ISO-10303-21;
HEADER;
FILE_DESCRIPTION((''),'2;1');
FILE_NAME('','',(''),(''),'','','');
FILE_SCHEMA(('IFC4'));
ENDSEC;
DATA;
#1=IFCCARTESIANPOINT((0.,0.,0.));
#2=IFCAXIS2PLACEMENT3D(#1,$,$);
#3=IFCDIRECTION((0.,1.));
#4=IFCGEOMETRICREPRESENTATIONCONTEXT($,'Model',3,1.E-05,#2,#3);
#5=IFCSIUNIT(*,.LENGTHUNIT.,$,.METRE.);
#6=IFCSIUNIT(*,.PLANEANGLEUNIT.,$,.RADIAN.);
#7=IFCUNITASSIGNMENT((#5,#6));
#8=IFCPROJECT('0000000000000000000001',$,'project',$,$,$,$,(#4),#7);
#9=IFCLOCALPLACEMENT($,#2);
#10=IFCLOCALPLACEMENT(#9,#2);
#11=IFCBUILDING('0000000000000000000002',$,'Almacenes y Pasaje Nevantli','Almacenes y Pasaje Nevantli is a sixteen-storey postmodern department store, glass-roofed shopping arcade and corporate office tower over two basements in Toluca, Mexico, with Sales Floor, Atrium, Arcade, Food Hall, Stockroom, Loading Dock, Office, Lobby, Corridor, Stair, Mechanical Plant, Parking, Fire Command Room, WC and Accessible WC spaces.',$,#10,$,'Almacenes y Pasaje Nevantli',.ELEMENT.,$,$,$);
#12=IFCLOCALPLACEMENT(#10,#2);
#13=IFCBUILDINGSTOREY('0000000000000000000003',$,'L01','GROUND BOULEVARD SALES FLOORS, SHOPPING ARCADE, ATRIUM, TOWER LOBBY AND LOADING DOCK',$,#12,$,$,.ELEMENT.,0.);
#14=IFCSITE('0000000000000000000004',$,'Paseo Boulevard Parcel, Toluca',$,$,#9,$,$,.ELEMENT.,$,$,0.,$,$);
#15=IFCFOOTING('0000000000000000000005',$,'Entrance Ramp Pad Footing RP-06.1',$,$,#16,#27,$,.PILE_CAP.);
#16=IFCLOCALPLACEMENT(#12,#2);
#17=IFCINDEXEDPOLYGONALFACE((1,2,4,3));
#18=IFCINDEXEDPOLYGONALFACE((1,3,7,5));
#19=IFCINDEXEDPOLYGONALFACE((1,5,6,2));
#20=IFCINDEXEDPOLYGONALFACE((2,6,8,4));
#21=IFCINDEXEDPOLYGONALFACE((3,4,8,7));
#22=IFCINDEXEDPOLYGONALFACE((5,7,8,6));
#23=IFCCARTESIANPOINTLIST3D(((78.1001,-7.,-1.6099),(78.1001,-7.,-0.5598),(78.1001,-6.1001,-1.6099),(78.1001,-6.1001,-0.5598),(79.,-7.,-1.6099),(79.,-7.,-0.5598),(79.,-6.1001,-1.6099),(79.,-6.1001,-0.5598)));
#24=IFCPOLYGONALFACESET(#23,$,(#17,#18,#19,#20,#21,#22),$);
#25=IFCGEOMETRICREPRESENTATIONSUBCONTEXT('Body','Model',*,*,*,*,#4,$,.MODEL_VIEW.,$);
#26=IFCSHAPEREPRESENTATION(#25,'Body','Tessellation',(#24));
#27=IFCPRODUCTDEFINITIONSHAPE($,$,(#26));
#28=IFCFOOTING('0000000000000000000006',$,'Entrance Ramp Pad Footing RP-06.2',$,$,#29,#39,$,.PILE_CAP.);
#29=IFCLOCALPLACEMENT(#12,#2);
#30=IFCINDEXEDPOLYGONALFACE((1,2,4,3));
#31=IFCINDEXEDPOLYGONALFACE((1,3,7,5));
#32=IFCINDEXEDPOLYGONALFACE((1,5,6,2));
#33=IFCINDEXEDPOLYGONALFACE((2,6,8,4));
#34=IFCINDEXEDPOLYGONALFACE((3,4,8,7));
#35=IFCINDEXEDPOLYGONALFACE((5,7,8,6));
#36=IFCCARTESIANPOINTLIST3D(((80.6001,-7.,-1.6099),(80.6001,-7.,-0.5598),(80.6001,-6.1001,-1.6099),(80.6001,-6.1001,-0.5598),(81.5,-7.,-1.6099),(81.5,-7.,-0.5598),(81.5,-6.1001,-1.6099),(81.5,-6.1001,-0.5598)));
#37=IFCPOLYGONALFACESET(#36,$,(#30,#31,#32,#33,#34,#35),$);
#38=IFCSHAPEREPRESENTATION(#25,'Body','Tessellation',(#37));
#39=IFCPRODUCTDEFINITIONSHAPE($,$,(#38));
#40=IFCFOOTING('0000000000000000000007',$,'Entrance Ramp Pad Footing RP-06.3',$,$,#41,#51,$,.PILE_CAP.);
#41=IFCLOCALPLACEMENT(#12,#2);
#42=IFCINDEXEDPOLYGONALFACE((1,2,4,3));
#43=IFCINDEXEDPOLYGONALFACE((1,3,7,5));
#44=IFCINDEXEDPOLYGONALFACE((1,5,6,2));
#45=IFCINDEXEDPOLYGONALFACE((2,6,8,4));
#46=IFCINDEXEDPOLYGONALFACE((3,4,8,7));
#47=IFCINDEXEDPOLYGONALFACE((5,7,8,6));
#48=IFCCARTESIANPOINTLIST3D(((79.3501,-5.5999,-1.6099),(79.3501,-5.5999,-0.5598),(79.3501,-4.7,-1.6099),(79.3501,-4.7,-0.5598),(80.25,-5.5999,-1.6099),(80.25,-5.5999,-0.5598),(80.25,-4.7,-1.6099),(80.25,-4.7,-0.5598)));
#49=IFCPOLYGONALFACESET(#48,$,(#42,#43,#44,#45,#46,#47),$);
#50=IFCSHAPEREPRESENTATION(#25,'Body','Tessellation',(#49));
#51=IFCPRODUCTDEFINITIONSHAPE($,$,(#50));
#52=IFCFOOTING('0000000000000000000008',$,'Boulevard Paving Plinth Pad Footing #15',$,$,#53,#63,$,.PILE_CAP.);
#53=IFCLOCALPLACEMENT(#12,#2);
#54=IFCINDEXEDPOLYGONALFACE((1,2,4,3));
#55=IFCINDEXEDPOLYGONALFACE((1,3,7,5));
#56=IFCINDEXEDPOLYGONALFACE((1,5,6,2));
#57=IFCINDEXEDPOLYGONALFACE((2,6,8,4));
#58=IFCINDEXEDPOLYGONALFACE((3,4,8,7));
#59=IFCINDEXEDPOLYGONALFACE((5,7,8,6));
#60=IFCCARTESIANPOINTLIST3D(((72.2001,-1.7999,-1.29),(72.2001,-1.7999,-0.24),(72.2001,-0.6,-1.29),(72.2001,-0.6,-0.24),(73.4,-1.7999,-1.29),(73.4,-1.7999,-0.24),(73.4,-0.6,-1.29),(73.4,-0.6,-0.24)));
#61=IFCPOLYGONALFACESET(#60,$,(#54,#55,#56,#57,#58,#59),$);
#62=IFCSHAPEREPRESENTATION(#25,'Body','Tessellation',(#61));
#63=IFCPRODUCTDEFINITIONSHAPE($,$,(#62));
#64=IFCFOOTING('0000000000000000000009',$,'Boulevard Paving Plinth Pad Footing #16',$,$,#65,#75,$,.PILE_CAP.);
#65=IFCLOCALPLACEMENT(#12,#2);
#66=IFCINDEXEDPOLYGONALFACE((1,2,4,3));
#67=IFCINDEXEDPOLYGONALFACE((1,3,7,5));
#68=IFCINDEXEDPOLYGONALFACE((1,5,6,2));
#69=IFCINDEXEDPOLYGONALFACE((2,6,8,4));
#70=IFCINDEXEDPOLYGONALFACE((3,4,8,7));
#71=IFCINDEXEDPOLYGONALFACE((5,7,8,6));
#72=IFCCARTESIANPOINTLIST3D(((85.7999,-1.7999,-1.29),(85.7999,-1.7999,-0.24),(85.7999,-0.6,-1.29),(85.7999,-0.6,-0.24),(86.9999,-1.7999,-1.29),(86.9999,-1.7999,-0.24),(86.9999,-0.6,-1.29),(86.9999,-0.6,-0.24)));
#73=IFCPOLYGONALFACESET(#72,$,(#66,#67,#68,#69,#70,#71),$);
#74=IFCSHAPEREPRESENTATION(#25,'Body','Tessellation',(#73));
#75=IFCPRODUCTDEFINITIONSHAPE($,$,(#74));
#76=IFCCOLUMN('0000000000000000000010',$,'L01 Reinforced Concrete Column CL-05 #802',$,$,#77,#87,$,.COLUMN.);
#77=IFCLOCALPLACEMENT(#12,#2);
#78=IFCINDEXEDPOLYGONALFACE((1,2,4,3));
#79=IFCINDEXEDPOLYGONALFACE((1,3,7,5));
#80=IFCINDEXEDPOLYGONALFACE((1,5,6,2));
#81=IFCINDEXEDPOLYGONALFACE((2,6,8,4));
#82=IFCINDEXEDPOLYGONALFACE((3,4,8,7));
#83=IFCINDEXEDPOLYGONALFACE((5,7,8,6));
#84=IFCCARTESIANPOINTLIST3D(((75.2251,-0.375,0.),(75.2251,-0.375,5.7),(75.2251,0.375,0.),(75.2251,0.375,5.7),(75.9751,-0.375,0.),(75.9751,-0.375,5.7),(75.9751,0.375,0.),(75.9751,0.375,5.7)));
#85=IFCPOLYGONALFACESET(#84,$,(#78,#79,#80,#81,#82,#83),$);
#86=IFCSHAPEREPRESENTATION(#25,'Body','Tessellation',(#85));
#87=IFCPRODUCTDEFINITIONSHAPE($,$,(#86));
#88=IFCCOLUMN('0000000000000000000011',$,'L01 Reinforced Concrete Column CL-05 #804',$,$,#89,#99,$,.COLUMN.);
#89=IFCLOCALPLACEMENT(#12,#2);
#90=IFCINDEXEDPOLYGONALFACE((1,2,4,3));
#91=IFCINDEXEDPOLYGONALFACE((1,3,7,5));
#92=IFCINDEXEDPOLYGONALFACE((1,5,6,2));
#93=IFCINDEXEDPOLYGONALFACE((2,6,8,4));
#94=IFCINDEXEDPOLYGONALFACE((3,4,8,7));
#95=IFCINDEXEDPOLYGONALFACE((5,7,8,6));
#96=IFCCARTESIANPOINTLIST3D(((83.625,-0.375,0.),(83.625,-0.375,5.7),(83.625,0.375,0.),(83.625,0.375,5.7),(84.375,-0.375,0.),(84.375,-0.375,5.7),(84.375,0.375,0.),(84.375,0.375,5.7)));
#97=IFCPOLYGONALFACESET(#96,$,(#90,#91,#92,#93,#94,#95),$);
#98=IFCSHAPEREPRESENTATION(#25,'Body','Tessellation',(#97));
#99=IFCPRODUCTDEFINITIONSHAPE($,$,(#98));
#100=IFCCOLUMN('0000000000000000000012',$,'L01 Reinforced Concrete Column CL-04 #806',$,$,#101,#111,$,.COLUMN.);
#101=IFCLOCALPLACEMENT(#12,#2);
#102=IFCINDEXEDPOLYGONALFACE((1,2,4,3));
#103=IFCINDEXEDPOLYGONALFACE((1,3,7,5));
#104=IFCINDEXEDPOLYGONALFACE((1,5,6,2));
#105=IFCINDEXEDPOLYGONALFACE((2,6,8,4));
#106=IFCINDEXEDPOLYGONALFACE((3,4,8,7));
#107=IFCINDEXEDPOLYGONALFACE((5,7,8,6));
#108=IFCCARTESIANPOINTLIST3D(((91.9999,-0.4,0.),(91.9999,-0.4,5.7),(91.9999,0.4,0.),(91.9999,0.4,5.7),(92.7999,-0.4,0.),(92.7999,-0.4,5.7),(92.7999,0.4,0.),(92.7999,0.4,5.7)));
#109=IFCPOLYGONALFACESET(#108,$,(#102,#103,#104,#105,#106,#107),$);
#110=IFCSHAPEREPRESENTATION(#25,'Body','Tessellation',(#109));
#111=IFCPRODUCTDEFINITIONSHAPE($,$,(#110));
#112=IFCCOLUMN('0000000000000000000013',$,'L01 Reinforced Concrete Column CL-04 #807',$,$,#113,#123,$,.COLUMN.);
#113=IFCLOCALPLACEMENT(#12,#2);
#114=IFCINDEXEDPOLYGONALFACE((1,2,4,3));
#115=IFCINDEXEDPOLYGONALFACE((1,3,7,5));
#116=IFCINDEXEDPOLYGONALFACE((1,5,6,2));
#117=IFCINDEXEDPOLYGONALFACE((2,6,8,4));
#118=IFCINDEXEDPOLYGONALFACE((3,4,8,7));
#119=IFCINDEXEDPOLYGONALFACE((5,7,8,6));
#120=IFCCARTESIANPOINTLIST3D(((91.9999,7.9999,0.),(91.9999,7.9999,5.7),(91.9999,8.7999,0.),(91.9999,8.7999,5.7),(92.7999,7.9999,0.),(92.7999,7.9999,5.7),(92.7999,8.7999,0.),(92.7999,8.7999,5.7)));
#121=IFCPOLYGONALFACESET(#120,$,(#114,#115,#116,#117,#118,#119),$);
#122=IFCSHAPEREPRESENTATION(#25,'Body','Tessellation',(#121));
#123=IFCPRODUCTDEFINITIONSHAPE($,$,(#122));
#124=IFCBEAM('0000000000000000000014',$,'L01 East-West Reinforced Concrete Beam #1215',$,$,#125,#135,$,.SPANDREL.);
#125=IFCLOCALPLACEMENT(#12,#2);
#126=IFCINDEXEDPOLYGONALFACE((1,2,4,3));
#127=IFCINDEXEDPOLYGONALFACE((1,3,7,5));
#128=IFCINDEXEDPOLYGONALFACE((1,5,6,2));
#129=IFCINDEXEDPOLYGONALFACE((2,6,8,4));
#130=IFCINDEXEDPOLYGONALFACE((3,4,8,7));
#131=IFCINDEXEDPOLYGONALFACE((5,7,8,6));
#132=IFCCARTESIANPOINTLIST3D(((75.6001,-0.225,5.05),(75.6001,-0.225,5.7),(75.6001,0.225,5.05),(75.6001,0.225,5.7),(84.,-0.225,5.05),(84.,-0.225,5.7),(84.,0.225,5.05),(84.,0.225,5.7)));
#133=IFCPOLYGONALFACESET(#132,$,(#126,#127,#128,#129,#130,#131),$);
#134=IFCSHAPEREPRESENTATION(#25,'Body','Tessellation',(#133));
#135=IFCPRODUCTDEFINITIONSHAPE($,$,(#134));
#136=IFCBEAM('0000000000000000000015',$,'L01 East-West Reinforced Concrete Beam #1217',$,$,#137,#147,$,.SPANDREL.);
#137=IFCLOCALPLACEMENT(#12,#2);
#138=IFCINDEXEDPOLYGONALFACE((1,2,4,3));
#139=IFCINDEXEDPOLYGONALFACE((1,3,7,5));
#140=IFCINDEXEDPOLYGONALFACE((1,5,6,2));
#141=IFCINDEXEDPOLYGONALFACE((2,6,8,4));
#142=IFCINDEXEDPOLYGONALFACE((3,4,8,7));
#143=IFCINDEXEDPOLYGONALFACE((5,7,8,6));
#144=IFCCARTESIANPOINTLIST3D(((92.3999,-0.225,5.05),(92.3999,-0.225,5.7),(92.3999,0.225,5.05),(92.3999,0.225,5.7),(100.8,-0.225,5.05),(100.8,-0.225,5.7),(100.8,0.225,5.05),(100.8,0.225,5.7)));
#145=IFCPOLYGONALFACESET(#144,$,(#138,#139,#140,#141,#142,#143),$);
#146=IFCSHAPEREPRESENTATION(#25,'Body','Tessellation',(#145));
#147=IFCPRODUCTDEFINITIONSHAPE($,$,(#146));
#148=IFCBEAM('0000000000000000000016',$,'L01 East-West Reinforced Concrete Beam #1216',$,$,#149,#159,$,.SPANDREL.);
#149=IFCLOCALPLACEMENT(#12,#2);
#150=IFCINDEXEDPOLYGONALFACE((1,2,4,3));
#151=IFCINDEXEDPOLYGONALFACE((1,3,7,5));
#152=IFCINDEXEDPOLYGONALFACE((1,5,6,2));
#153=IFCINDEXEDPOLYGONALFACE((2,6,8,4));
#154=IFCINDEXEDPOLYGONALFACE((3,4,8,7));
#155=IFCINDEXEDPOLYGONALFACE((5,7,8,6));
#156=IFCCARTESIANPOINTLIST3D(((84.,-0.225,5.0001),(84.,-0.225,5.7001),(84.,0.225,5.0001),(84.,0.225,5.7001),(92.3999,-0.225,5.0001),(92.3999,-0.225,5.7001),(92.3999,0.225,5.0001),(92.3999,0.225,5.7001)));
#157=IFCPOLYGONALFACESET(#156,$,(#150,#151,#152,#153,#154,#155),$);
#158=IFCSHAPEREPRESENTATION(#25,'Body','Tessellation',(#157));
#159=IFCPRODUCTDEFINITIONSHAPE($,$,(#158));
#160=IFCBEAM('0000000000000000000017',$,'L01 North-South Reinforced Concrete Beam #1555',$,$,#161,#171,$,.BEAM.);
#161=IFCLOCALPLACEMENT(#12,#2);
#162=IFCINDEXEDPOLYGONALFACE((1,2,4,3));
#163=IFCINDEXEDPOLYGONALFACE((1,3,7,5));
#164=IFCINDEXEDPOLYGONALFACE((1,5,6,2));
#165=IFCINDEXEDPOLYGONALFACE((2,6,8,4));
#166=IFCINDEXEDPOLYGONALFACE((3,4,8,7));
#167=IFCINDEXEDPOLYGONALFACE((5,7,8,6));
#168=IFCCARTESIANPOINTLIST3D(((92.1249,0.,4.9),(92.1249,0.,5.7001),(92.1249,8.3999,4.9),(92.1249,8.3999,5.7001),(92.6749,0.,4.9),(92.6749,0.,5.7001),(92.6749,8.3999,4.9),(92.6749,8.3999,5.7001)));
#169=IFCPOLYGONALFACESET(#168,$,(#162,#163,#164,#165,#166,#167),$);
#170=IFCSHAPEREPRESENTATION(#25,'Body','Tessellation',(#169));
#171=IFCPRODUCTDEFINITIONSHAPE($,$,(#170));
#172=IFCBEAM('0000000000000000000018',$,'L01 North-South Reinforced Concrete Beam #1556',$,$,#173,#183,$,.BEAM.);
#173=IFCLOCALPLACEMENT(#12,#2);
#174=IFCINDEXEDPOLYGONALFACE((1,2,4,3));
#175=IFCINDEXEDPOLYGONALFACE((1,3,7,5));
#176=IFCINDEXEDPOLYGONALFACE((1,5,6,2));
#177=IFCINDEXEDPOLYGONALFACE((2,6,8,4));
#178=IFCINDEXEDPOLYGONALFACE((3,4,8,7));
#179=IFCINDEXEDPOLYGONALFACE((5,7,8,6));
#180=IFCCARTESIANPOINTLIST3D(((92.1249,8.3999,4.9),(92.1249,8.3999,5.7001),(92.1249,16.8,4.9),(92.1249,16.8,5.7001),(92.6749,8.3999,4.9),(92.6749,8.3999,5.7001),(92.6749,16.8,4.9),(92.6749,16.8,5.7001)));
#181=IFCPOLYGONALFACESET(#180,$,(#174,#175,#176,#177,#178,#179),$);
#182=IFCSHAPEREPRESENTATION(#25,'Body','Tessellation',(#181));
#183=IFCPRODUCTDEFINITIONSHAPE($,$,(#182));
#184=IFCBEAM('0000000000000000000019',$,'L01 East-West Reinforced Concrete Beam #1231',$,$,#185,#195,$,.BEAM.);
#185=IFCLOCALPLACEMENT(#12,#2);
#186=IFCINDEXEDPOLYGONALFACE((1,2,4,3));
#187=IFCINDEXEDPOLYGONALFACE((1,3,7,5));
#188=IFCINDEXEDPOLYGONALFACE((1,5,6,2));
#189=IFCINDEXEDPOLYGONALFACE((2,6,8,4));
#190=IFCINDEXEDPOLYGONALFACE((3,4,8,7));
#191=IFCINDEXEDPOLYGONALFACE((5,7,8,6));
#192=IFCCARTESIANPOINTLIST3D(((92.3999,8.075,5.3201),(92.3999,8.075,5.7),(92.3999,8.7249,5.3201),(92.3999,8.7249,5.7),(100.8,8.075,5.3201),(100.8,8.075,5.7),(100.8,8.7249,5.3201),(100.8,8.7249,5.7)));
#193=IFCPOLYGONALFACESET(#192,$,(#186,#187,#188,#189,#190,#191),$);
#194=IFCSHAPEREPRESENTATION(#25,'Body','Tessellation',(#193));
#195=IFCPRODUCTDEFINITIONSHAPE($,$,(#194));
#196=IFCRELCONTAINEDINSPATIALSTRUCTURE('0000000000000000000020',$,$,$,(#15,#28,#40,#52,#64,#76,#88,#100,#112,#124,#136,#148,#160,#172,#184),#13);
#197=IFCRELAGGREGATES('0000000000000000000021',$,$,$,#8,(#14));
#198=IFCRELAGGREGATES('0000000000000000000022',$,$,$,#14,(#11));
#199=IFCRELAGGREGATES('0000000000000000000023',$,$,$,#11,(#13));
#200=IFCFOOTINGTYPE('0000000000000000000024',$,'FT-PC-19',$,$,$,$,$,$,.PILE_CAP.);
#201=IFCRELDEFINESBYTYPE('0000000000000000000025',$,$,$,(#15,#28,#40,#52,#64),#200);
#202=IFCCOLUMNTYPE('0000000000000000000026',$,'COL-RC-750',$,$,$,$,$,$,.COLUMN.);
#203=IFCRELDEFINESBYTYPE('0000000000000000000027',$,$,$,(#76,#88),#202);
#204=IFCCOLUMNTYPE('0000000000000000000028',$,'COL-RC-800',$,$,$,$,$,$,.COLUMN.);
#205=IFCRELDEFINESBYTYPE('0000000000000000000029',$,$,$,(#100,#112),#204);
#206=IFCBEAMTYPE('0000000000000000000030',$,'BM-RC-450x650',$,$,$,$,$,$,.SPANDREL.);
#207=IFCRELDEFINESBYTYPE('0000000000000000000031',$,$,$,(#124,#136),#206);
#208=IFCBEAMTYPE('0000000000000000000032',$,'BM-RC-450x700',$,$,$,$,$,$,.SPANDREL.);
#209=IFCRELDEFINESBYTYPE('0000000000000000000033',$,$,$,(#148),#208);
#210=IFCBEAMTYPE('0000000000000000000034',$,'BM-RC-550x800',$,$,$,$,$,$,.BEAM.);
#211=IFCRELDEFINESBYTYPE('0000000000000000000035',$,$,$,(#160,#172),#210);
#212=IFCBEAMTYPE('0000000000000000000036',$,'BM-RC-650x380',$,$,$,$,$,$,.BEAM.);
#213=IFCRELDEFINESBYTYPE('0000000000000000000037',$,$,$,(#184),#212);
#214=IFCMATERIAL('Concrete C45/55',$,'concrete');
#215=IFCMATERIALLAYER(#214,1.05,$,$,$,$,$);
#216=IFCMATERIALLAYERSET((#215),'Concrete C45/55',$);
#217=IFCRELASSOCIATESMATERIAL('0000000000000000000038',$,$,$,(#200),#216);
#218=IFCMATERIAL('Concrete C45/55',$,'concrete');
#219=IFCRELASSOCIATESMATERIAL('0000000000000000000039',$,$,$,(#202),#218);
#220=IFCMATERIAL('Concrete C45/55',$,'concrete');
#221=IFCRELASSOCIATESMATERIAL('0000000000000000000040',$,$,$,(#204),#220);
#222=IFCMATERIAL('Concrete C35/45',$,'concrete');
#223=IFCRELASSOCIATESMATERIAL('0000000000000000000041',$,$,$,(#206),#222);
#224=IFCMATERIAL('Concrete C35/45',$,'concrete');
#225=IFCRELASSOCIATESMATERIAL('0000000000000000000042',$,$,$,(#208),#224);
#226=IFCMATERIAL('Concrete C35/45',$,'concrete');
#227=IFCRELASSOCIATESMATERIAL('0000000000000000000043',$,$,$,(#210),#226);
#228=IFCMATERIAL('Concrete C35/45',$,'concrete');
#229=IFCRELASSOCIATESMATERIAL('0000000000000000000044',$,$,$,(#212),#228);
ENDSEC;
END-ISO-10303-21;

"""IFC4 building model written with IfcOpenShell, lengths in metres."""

from ifc_helpers import new_model, si_unit, direction, frame, origin, origin_2d, place, context, subcontext, project, spatial, rectangle, extrude, material, layer, layer_set, material_profile, profile_set, type_object, element, save


model = new_model("IFC4")

# Units and contexts
model_context = context("Model", 3, precision=1e-05, world=origin(), true_north=direction((0.0, 1.0)))
body_context = subcontext(model_context, "Body", "Model", "MODEL_VIEW")
ifc_project = project(units=[si_unit("LENGTHUNIT", "METRE"), si_unit("PLANEANGLEUNIT", "RADIAN")], contexts=[model_context])

# Site, building, storey
site_placement = place(None, origin())
site = spatial("IfcSite", under=ifc_project, at=site_placement, Name="Paseo Boulevard Parcel, Toluca", CompositionType="ELEMENT", RefElevation=0.0)
building_placement = place(site_placement, origin())
building = spatial("IfcBuilding", under=site, at=building_placement, Name="Almacenes y Pasaje Nevantli", Description="Almacenes y Pasaje Nevantli is a sixteen-storey postmodern department store, glass-roofed shopping arcade and corporate office tower over two basements in Toluca, Mexico, with Sales Floor, Atrium, Arcade, Food Hall, Stockroom, Loading Dock, Office, Lobby, Corridor, Stair, Mechanical Plant, Parking, Fire Command Room, WC and Accessible WC spaces.", LongName="Almacenes y Pasaje Nevantli", CompositionType="ELEMENT")
storey_placement = place(building_placement, origin())
storey = spatial("IfcBuildingStorey", under=building, at=storey_placement, Name="L01", Description="GROUND BOULEVARD SALES FLOORS, SHOPPING ARCADE, ATRIUM, TOWER LOBBY AND LOADING DOCK", CompositionType="ELEMENT", Elevation=0.0)

# Footings
ifc_material_1 = material(Name="Concrete C45/55", Category="concrete")
ifc_layer_1 = layer(ifc_material_1, 1.05)
ifc_layer_set_1 = layer_set([ifc_layer_1], Name="Concrete C45/55")
footing_type = type_object("IfcFootingType", Name="FT-PC-19", PredefinedType="PILE_CAP", material=ifc_layer_set_1)
for number, where, z_axis, x_axis, name in (
    (1, (78.55, -6.55, -1.6099), (0.0, 0.0, 1.0), (1.0, 0.0, 0.0), "Entrance Ramp Pad Footing RP-06.1"),
    (2, (81.05, -6.55, -1.6099), (0.0, 0.0, 1.0), (1.0, 0.0, 0.0), "Entrance Ramp Pad Footing RP-06.2"),
    (3, (79.8, -5.1499, -1.6099), (0.0, 0.0, 1.0), (1.0, 0.0, 0.0), "Entrance Ramp Pad Footing RP-06.3"),
):
    element("IfcFooting", number, at=place(storey_placement, frame(where, z_axis=z_axis, x_axis=x_axis)), inside=storey, type_object=footing_type, Name=name, PredefinedType="PILE_CAP", context=body_context, shape_type="SweptSolid", body=[
        extrude(rectangle(XDim=0.8999, YDim=0.8999, at=origin_2d()), origin(), (0.0, 0.0, 1.0), 1.05),
    ])
for number, where, z_axis, x_axis, name in (
    (4, (72.8, -1.2, -1.29), (0.0, 0.0, 1.0), (1.0, 0.0, 0.0), "Boulevard Paving Plinth Pad Footing #15"),
    (5, (86.3999, -1.2, -1.29), (0.0, 0.0, 1.0), (1.0, 0.0, 0.0), "Boulevard Paving Plinth Pad Footing #16"),
):
    element("IfcFooting", number, at=place(storey_placement, frame(where, z_axis=z_axis, x_axis=x_axis)), inside=storey, type_object=footing_type, Name=name, PredefinedType="PILE_CAP", context=body_context, shape_type="SweptSolid", body=[
        extrude(rectangle(XDim=1.2, YDim=1.2, at=origin_2d()), origin(), (0.0, 0.0, 1.0), 1.05),
    ])

# Columns
ifc_material_2 = material(Name="Concrete C45/55", Category="concrete")
ifc_material_profile_1 = material_profile(ifc_material_2, rectangle(XDim=0.75, YDim=0.75, at=origin_2d()), Name="RC-COL-750x750")
ifc_profile_set_1 = profile_set([ifc_material_profile_1], Name="Concrete C45/55")
column_type_1 = type_object("IfcColumnType", Name="COL-RC-750", PredefinedType="COLUMN", material=ifc_profile_set_1)
for number, where, z_axis, x_axis, name in (
    (6, (75.6001, 0.0, 0.0), (0.0, 0.0, 1.0), (1.0, 0.0, 0.0), "L01 Reinforced Concrete Column CL-05 #802"),
    (7, (84.0, 0.0, 0.0), (0.0, 0.0, 1.0), (1.0, 0.0, 0.0), "L01 Reinforced Concrete Column CL-05 #804"),
):
    element("IfcColumn", number, at=place(storey_placement, frame(where, z_axis=z_axis, x_axis=x_axis)), inside=storey, type_object=column_type_1, Name=name, PredefinedType="COLUMN", context=body_context, shape_type="SweptSolid", body=[
        extrude(rectangle(XDim=0.75, YDim=0.75, at=origin_2d()), origin(), (0.0, 0.0, 1.0), 5.7),
    ])
ifc_material_3 = material(Name="Concrete C45/55", Category="concrete")
ifc_material_profile_2 = material_profile(ifc_material_3, rectangle(XDim=0.8, YDim=0.8, at=origin_2d()), Name="RC-COL-800x800")
ifc_profile_set_2 = profile_set([ifc_material_profile_2], Name="Concrete C45/55")
column_type_2 = type_object("IfcColumnType", Name="COL-RC-800", PredefinedType="COLUMN", material=ifc_profile_set_2)
for number, where, z_axis, x_axis, name in (
    (8, (92.3999, 0.0, 0.0), (0.0, 0.0, 1.0), (1.0, 0.0, 0.0), "L01 Reinforced Concrete Column CL-04 #806"),
    (9, (92.3999, 8.3999, 0.0), (0.0, 0.0, 1.0), (1.0, 0.0, 0.0), "L01 Reinforced Concrete Column CL-04 #807"),
):
    element("IfcColumn", number, at=place(storey_placement, frame(where, z_axis=z_axis, x_axis=x_axis)), inside=storey, type_object=column_type_2, Name=name, PredefinedType="COLUMN", context=body_context, shape_type="SweptSolid", body=[
        extrude(rectangle(XDim=0.8, YDim=0.8, at=origin_2d()), origin(), (0.0, 0.0, 1.0), 5.7),
    ])

# Beams
ifc_material_4 = material(Name="Concrete C35/45", Category="concrete")
ifc_material_profile_3 = material_profile(ifc_material_4, rectangle(XDim=0.45, YDim=0.6499, at=origin_2d()), Name="RC-BM-450x650")
ifc_profile_set_3 = profile_set([ifc_material_profile_3], Name="Concrete C35/45")
beam_type_1 = type_object("IfcBeamType", Name="BM-RC-450x650", PredefinedType="SPANDREL", material=ifc_profile_set_3)
beam_1_placement = place(storey_placement, frame((75.6001, 0.0, 5.375), z_axis=(1.0, 0.0, 0.0), x_axis=(0.0, 1.0, 0.0)))
element("IfcBeam", 10, at=beam_1_placement, inside=storey, type_object=beam_type_1, Name="L01 East-West Reinforced Concrete Beam #1215", PredefinedType="SPANDREL", context=body_context, shape_type="SweptSolid", body=[
    extrude(rectangle(XDim=0.45, YDim=0.6499, at=origin_2d()), origin(), (0.0, 0.0, 1.0), 8.3999),
])
beam_2_placement = place(storey_placement, frame((92.3999, 0.0, 5.375), z_axis=(1.0, 0.0, 0.0), x_axis=(0.0, 1.0, 0.0)))
element("IfcBeam", 11, at=beam_2_placement, inside=storey, type_object=beam_type_1, Name="L01 East-West Reinforced Concrete Beam #1217", PredefinedType="SPANDREL", context=body_context, shape_type="SweptSolid", body=[
    extrude(rectangle(XDim=0.45, YDim=0.6499, at=origin_2d()), origin(), (0.0, 0.0, 1.0), 8.4001),
])
ifc_material_5 = material(Name="Concrete C35/45", Category="concrete")
ifc_material_profile_4 = material_profile(ifc_material_5, rectangle(XDim=0.45, YDim=0.7, at=origin_2d()), Name="RC-BM-450x700")
ifc_profile_set_4 = profile_set([ifc_material_profile_4], Name="Concrete C35/45")
beam_type_2 = type_object("IfcBeamType", Name="BM-RC-450x700", PredefinedType="SPANDREL", material=ifc_profile_set_4)
beam_3_placement = place(storey_placement, frame((84.0, 0.0, 5.3501), z_axis=(1.0, 0.0, 0.0), x_axis=(0.0, 1.0, 0.0)))
element("IfcBeam", 12, at=beam_3_placement, inside=storey, type_object=beam_type_2, Name="L01 East-West Reinforced Concrete Beam #1216", PredefinedType="SPANDREL", context=body_context, shape_type="SweptSolid", body=[
    extrude(rectangle(XDim=0.45, YDim=0.7, at=origin_2d()), origin(), (0.0, 0.0, 1.0), 8.3999),
])
ifc_material_6 = material(Name="Concrete C35/45", Category="concrete")
ifc_material_profile_5 = material_profile(ifc_material_6, rectangle(XDim=0.55, YDim=0.8, at=origin_2d()), Name="RC-BM-550x800")
ifc_profile_set_5 = profile_set([ifc_material_profile_5], Name="Concrete C35/45")
beam_type_3 = type_object("IfcBeamType", Name="BM-RC-550x800", PredefinedType="BEAM", material=ifc_profile_set_5)
beam_4_placement = place(storey_placement, frame((92.3999, 0.0, 5.3), z_axis=(0.0, 1.0, 0.0), x_axis=(-1.0, 0.0, 0.0)))
element("IfcBeam", 13, at=beam_4_placement, inside=storey, type_object=beam_type_3, Name="L01 North-South Reinforced Concrete Beam #1555", PredefinedType="BEAM", context=body_context, shape_type="SweptSolid", body=[
    extrude(rectangle(XDim=0.55, YDim=0.8, at=origin_2d()), origin(), (0.0, 0.0, 1.0), 8.3999),
])
beam_5_placement = place(storey_placement, frame((92.3999, 8.3999, 5.3), z_axis=(0.0, 1.0, 0.0), x_axis=(-1.0, 0.0, 0.0)))
element("IfcBeam", 14, at=beam_5_placement, inside=storey, type_object=beam_type_3, Name="L01 North-South Reinforced Concrete Beam #1556", PredefinedType="BEAM", context=body_context, shape_type="SweptSolid", body=[
    extrude(rectangle(XDim=0.55, YDim=0.8, at=origin_2d()), origin(), (0.0, 0.0, 1.0), 8.4001),
])
ifc_material_7 = material(Name="Concrete C35/45", Category="concrete")
ifc_material_profile_6 = material_profile(ifc_material_7, rectangle(XDim=0.6499, YDim=0.3799, at=origin_2d()), Name="RC-BM-650x380")
ifc_profile_set_6 = profile_set([ifc_material_profile_6], Name="Concrete C35/45")
beam_type_4 = type_object("IfcBeamType", Name="BM-RC-650x380", PredefinedType="BEAM", material=ifc_profile_set_6)
beam_6_placement = place(storey_placement, frame((92.3999, 8.3999, 5.51), z_axis=(1.0, 0.0, 0.0), x_axis=(0.0, 1.0, 0.0)))
element("IfcBeam", 15, at=beam_6_placement, inside=storey, type_object=beam_type_4, Name="L01 East-West Reinforced Concrete Beam #1231", PredefinedType="BEAM", context=body_context, shape_type="SweptSolid", body=[
    extrude(rectangle(XDim=0.6499, YDim=0.3799, at=origin_2d()), origin(), (0.0, 0.0, 1.0), 8.4001),
])

save(model, "model.ifc")
